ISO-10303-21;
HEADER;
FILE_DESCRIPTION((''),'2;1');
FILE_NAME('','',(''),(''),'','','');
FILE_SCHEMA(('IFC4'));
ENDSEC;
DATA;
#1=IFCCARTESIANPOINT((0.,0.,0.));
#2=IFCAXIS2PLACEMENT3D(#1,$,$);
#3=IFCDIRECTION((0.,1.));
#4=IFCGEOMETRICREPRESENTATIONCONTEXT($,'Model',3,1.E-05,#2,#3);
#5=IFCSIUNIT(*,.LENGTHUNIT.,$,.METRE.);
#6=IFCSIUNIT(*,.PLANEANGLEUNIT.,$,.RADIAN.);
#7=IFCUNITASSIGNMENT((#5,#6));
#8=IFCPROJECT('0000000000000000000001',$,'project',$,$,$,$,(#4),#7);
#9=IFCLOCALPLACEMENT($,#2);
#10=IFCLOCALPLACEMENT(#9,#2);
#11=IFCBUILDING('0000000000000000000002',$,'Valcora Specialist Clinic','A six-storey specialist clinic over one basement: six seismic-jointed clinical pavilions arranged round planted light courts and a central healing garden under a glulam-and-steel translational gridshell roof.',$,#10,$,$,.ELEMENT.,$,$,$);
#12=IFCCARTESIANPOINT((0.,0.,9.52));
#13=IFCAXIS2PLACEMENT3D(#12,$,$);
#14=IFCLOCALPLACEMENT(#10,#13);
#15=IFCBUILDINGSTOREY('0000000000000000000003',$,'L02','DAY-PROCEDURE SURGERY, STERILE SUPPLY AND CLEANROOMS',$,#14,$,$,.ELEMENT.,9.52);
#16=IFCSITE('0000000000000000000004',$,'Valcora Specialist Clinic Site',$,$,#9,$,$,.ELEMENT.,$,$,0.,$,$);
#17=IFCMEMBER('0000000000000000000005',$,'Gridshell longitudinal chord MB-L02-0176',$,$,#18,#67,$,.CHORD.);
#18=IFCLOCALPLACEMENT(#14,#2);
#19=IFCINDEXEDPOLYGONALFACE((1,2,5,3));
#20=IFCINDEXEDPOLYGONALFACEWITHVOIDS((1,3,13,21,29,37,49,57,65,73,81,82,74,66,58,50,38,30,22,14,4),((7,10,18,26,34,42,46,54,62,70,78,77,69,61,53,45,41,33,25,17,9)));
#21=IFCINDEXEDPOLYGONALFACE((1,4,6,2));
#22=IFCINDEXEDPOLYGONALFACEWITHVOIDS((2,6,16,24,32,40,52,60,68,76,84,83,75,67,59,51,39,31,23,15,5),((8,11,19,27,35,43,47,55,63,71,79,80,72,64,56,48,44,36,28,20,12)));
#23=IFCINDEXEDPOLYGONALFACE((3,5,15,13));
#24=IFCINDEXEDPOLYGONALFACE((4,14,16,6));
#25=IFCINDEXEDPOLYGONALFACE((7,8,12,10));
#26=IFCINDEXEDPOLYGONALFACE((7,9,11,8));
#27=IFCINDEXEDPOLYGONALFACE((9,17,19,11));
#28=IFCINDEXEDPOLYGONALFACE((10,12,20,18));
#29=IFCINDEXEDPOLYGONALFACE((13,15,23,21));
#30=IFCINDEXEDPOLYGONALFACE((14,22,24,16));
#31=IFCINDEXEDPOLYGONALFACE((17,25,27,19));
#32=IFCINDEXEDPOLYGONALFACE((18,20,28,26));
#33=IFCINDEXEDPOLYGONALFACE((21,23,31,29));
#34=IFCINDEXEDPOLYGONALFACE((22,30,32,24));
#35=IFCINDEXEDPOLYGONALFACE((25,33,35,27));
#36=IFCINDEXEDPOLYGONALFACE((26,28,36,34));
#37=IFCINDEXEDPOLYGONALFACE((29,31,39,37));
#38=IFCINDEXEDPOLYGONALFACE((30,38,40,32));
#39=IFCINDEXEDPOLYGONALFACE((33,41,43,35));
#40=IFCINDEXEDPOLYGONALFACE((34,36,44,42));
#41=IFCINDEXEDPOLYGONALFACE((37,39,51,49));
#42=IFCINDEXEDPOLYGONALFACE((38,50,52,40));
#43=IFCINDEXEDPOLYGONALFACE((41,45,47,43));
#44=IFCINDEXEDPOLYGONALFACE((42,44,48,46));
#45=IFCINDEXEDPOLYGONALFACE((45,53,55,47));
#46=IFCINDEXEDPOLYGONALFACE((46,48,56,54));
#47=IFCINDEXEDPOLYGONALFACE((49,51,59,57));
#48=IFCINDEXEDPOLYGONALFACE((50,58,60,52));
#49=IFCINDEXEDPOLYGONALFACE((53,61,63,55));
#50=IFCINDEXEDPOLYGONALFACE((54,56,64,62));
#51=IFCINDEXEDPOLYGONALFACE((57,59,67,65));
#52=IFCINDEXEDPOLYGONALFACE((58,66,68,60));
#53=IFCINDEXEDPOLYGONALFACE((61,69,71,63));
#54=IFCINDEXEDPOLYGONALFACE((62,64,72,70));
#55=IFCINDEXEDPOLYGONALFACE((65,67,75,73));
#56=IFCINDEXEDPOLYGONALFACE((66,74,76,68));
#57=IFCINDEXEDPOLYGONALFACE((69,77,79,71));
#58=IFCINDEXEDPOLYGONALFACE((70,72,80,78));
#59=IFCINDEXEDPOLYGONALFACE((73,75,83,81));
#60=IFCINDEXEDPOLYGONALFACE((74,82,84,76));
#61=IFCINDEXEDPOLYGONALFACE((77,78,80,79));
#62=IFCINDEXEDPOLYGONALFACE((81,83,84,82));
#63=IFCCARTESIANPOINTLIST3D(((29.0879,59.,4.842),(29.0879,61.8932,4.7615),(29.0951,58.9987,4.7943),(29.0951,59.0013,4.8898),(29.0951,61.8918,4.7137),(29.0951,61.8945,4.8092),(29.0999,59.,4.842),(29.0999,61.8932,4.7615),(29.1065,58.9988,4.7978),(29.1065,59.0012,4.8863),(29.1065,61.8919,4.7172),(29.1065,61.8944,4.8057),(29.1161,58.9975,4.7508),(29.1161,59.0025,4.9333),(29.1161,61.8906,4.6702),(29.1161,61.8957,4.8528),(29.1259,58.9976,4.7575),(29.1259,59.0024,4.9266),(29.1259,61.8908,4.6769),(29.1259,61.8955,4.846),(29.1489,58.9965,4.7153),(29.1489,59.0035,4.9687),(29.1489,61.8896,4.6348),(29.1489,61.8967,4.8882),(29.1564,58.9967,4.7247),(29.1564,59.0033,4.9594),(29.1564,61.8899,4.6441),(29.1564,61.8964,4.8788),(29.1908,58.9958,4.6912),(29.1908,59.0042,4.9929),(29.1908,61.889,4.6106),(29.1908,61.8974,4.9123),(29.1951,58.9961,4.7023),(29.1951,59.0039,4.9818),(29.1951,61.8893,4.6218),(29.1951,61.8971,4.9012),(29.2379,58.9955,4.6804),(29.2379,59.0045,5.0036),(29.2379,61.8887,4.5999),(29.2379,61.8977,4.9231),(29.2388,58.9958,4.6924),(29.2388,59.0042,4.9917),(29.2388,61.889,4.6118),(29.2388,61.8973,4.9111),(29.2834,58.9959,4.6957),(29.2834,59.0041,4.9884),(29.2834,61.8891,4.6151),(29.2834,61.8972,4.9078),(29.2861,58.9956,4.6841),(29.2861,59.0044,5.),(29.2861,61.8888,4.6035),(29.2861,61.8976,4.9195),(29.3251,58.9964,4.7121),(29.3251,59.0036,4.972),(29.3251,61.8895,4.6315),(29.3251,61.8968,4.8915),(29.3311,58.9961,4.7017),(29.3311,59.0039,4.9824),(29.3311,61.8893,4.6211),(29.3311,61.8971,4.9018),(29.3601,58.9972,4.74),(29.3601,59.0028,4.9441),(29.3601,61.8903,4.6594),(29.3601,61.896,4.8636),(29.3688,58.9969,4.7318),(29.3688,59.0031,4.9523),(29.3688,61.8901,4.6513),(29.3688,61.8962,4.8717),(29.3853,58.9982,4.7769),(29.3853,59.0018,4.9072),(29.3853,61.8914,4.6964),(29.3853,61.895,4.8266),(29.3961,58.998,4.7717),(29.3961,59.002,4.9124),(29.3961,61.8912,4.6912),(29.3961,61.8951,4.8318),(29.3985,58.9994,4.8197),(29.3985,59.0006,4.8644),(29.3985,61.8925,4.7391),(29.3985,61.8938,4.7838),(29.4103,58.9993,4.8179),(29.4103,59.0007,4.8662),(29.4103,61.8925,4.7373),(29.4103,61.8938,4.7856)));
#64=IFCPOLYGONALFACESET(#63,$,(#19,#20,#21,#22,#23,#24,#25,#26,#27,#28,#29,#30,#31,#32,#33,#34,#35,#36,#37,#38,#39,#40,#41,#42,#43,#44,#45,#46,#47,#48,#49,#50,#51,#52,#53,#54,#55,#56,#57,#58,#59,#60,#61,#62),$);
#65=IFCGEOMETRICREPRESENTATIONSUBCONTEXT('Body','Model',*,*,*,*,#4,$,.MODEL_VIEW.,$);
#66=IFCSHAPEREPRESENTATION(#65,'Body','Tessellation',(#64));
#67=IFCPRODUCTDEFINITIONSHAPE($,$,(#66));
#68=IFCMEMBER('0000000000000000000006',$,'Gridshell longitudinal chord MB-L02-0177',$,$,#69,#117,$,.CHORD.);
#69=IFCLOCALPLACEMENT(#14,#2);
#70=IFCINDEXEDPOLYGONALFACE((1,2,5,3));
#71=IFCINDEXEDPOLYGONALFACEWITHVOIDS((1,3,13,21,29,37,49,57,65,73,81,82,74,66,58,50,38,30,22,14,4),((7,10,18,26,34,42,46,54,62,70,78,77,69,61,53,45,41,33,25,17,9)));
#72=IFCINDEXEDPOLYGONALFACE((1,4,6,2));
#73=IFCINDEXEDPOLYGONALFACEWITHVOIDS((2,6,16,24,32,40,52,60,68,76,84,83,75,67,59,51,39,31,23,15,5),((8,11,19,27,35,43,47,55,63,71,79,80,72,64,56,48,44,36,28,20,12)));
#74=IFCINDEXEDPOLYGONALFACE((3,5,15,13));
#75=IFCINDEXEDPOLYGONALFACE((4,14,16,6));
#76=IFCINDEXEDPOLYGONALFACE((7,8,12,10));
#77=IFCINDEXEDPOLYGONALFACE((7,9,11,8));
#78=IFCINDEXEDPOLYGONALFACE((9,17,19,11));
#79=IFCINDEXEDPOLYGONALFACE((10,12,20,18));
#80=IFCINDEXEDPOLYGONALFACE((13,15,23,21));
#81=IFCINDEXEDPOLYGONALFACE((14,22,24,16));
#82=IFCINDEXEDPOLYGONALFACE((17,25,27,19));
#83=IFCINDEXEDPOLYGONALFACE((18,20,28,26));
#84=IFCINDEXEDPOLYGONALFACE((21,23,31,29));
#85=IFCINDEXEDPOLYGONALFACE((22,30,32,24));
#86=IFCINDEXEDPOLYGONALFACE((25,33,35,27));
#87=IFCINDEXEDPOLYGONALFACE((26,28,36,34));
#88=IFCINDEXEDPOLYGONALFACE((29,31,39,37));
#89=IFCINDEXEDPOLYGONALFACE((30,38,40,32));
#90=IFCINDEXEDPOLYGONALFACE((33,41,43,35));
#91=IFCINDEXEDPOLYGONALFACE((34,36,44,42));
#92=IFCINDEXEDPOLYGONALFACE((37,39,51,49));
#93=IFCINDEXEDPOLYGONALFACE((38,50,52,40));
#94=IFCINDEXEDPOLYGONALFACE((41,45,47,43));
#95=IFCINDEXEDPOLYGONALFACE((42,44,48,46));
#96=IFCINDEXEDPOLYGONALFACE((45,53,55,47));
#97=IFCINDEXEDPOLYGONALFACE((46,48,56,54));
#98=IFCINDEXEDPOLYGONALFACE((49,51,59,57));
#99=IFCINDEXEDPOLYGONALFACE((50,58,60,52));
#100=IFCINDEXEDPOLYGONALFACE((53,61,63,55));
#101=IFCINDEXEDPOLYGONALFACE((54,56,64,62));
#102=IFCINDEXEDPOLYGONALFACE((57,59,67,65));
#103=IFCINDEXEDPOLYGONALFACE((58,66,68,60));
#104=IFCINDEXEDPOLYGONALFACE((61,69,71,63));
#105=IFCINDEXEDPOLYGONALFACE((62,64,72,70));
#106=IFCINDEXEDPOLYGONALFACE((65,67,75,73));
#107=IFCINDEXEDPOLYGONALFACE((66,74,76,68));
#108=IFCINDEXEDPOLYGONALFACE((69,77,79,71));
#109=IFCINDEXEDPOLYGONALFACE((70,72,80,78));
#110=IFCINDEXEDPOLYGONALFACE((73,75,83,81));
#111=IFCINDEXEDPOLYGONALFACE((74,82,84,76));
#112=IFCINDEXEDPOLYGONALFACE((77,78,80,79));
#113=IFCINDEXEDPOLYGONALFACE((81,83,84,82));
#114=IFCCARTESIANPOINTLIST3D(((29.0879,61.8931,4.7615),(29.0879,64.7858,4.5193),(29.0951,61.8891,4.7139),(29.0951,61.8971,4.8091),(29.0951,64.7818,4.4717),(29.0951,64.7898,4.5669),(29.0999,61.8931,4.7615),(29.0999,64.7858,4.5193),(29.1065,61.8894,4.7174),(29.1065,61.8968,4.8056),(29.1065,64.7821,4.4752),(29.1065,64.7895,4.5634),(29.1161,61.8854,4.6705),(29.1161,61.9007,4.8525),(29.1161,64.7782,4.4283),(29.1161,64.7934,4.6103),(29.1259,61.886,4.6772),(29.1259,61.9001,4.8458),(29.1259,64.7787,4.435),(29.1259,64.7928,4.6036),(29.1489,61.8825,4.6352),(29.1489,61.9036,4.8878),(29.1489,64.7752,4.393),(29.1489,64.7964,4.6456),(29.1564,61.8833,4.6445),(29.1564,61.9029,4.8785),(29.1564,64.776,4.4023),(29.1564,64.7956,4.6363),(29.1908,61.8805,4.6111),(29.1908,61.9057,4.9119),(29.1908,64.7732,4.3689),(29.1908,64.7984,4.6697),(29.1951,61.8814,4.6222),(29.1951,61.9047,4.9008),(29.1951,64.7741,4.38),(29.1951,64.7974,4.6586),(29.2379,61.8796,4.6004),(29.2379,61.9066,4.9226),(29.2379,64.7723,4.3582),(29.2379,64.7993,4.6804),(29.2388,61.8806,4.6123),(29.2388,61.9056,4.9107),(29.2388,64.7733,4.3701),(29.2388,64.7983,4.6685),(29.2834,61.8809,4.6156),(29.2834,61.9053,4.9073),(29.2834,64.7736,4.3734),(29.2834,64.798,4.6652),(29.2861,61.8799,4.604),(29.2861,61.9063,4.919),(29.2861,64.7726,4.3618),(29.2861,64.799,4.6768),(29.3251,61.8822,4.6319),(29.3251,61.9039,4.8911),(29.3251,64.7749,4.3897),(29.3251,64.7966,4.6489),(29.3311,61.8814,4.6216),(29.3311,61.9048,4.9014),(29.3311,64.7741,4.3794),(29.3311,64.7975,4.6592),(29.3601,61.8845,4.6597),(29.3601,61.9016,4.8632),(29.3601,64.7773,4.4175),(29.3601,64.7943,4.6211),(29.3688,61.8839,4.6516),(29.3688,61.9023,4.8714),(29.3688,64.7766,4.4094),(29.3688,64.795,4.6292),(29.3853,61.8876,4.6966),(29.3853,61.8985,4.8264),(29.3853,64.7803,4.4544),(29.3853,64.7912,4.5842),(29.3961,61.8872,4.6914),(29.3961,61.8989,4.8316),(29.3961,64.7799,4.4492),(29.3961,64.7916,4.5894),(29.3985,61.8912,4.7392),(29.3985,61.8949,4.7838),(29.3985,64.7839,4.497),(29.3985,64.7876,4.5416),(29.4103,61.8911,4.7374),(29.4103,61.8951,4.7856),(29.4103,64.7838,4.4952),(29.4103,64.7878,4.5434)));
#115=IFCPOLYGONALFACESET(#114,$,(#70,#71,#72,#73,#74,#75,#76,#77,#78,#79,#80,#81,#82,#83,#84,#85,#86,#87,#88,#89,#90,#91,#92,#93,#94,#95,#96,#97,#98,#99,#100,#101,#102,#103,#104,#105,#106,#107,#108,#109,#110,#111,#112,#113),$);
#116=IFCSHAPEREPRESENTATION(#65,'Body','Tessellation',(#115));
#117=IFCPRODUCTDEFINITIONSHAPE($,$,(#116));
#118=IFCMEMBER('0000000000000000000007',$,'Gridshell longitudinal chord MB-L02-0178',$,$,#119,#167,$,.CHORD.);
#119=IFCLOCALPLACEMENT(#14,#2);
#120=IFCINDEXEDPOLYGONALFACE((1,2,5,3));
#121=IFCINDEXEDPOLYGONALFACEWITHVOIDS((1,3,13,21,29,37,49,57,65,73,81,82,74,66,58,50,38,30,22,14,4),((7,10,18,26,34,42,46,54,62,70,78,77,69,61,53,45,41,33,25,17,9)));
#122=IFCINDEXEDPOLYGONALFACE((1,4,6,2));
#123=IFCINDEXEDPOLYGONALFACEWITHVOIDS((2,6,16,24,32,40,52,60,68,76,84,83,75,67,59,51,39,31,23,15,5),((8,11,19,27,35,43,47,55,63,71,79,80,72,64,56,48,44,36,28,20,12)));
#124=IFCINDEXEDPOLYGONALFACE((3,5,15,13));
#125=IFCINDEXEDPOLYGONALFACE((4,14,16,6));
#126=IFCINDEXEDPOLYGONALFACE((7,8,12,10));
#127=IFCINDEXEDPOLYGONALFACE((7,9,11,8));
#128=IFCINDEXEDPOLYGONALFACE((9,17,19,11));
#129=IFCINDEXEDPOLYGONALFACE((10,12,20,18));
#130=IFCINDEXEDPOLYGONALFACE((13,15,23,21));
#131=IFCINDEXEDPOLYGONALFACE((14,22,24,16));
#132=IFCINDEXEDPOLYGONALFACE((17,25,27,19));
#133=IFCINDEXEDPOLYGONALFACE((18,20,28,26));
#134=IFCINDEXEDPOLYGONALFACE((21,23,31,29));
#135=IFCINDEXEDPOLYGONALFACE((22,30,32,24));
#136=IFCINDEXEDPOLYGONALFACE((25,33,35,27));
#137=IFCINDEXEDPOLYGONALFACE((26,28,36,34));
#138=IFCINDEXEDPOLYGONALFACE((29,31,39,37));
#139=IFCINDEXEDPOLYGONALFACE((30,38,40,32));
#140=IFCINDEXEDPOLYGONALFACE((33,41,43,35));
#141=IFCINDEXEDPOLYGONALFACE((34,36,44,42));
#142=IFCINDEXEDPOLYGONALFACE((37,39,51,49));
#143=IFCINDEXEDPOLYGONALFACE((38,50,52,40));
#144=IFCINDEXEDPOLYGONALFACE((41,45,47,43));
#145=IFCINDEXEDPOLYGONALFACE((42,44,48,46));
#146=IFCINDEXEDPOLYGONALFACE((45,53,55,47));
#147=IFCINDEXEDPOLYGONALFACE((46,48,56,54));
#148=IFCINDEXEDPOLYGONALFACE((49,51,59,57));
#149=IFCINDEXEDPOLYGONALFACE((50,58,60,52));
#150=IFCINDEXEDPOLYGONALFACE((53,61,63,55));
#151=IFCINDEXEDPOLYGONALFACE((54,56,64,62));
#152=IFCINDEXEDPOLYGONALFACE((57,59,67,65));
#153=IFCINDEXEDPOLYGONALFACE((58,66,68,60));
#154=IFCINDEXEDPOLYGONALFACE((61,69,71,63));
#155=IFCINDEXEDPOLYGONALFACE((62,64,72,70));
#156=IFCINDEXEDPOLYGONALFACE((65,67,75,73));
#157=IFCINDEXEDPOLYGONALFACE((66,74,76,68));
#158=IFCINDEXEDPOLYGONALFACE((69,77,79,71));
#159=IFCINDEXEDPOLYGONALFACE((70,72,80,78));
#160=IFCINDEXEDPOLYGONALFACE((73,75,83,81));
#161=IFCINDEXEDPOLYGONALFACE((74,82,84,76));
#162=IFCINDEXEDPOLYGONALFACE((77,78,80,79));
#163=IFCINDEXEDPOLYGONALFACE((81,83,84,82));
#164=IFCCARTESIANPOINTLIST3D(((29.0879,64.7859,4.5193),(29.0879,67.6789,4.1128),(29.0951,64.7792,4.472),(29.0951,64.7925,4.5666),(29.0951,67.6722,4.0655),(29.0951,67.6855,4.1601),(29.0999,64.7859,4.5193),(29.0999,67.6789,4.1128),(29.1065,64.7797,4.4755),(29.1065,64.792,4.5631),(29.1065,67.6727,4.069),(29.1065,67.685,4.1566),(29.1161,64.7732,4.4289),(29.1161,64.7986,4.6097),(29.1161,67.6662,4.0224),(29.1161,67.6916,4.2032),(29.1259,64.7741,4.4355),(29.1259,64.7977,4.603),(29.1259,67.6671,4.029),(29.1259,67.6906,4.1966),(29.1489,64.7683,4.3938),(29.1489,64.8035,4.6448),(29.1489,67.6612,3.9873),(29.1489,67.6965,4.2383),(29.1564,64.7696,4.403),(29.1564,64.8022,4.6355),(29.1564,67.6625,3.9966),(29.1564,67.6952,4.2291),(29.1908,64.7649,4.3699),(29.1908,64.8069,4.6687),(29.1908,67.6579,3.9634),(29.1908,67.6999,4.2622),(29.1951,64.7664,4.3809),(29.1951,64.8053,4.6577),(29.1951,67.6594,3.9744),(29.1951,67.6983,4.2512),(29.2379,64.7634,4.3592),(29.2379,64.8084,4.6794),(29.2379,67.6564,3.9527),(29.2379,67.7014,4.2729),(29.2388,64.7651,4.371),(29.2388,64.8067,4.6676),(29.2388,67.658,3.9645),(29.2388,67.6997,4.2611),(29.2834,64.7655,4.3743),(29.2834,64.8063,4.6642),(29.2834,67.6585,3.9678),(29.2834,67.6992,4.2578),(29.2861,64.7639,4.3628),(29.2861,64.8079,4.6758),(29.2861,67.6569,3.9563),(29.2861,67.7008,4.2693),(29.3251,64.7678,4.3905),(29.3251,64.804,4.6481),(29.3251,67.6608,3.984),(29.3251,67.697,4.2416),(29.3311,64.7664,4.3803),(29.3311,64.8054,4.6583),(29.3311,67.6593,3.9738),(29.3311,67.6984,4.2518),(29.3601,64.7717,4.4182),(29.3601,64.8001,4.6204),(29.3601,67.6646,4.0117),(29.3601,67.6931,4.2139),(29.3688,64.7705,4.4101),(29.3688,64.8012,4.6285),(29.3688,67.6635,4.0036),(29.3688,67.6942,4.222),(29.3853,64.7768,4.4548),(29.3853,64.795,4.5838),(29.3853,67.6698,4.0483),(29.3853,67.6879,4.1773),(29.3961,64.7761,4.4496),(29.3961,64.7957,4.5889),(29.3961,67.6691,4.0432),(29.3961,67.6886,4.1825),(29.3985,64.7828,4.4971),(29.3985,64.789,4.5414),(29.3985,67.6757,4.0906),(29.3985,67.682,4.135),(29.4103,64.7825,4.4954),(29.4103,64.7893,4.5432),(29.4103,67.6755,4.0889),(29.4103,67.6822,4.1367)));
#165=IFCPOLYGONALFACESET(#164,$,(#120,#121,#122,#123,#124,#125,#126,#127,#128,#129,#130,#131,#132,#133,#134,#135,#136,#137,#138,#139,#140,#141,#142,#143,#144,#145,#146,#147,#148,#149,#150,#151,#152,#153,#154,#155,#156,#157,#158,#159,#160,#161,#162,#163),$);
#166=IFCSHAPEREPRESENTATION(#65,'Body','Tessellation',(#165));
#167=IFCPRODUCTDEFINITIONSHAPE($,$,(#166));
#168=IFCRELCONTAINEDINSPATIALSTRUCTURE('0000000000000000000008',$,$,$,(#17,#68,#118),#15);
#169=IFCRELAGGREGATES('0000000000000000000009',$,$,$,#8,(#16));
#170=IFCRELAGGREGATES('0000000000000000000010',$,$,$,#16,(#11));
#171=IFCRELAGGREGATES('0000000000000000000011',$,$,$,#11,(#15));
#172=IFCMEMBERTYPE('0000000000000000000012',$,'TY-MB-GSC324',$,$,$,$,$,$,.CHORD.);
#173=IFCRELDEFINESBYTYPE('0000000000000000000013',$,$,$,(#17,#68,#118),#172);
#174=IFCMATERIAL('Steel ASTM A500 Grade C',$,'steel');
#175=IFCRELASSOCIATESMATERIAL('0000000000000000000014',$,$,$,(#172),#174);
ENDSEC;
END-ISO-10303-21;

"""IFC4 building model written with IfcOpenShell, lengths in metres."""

from ifc_helpers import new_model, si_unit, direction, frame, origin, origin_2d, place, context, subcontext, project, spatial, hollow_circle, extrude, material, material_profile, profile_set, type_object, element, save


model = new_model("IFC4")

# Units and contexts
model_context = context("Model", 3, precision=1e-05, world=origin(), true_north=direction((0.0, 1.0)))
body_context = subcontext(model_context, "Body", "Model", "MODEL_VIEW")
ifc_project = project(units=[si_unit("LENGTHUNIT", "METRE"), si_unit("PLANEANGLEUNIT", "RADIAN")], contexts=[model_context])

# Site, building, storey
site_placement = place(None, origin())
site = spatial("IfcSite", under=ifc_project, at=site_placement, Name="Valcora Specialist Clinic Site", CompositionType="ELEMENT", RefElevation=0.0)
building_placement = place(site_placement, origin())
building = spatial("IfcBuilding", under=site, at=building_placement, Name="Valcora Specialist Clinic", Description="A six-storey specialist clinic over one basement: six seismic-jointed clinical pavilions arranged round planted light courts and a central healing garden under a glulam-and-steel translational gridshell roof.", CompositionType="ELEMENT")
storey_placement = place(building_placement, frame((0.0, 0.0, 9.52)))
storey = spatial("IfcBuildingStorey", under=building, at=storey_placement, Name="L02", Description="DAY-PROCEDURE SURGERY, STERILE SUPPLY AND CLEANROOMS", CompositionType="ELEMENT", Elevation=9.52)

# Members
ifc_material_1 = material(Name="Steel ASTM A500 Grade C", Category="steel")
ifc_material_profile_1 = material_profile(ifc_material_1, hollow_circle(Radius=0.1621, WallThickness=0.012, at=origin_2d()), Name="ST-CHS-324X12")
ifc_profile_set_1 = profile_set([ifc_material_profile_1], Name="Steel ASTM A500 Grade C")
member_type_1 = type_object("IfcMemberType", Name="TY-MB-GSC324", PredefinedType="CHORD", material=ifc_profile_set_1)
member_1_placement = place(storey_placement, frame((29.25, 59.0, 4.842), z_axis=(0.0, 0.999612, -0.027837), x_axis=(-1.0, 0.0, 0.0)))
element("IfcMember", 1, at=member_1_placement, inside=storey, type_object=member_type_1, Name="Gridshell longitudinal chord MB-L02-0176", PredefinedType="CHORD", context=body_context, shape_type="SweptSolid", body=[
    extrude(hollow_circle(Radius=0.1621, WallThickness=0.012, at=origin_2d()), origin(), (0.0, 0.0, 1.0), 2.8943),
])
member_2_placement = place(storey_placement, frame((29.25, 61.8931, 4.7615), z_axis=(0.0, 0.996514, -0.083428), x_axis=(-1.0, 0.0, 0.0)))
element("IfcMember", 2, at=member_2_placement, inside=storey, type_object=member_type_1, Name="Gridshell longitudinal chord MB-L02-0177", PredefinedType="CHORD", context=body_context, shape_type="SweptSolid", body=[
    extrude(hollow_circle(Radius=0.1621, WallThickness=0.012, at=origin_2d()), origin(), (0.0, 0.0, 1.0), 2.9028),
])
member_3_placement = place(storey_placement, frame((29.25, 64.7859, 4.5193), z_axis=(0.0, 0.990273, -0.13914), x_axis=(-1.0, 0.0, 0.0)))
element("IfcMember", 3, at=member_3_placement, inside=storey, type_object=member_type_1, Name="Gridshell longitudinal chord MB-L02-0178", PredefinedType="CHORD", context=body_context, shape_type="SweptSolid", body=[
    extrude(hollow_circle(Radius=0.1621, WallThickness=0.012, at=origin_2d()), origin(), (0.0, 0.0, 1.0), 2.9214),
])

save(model, "model.ifc")
